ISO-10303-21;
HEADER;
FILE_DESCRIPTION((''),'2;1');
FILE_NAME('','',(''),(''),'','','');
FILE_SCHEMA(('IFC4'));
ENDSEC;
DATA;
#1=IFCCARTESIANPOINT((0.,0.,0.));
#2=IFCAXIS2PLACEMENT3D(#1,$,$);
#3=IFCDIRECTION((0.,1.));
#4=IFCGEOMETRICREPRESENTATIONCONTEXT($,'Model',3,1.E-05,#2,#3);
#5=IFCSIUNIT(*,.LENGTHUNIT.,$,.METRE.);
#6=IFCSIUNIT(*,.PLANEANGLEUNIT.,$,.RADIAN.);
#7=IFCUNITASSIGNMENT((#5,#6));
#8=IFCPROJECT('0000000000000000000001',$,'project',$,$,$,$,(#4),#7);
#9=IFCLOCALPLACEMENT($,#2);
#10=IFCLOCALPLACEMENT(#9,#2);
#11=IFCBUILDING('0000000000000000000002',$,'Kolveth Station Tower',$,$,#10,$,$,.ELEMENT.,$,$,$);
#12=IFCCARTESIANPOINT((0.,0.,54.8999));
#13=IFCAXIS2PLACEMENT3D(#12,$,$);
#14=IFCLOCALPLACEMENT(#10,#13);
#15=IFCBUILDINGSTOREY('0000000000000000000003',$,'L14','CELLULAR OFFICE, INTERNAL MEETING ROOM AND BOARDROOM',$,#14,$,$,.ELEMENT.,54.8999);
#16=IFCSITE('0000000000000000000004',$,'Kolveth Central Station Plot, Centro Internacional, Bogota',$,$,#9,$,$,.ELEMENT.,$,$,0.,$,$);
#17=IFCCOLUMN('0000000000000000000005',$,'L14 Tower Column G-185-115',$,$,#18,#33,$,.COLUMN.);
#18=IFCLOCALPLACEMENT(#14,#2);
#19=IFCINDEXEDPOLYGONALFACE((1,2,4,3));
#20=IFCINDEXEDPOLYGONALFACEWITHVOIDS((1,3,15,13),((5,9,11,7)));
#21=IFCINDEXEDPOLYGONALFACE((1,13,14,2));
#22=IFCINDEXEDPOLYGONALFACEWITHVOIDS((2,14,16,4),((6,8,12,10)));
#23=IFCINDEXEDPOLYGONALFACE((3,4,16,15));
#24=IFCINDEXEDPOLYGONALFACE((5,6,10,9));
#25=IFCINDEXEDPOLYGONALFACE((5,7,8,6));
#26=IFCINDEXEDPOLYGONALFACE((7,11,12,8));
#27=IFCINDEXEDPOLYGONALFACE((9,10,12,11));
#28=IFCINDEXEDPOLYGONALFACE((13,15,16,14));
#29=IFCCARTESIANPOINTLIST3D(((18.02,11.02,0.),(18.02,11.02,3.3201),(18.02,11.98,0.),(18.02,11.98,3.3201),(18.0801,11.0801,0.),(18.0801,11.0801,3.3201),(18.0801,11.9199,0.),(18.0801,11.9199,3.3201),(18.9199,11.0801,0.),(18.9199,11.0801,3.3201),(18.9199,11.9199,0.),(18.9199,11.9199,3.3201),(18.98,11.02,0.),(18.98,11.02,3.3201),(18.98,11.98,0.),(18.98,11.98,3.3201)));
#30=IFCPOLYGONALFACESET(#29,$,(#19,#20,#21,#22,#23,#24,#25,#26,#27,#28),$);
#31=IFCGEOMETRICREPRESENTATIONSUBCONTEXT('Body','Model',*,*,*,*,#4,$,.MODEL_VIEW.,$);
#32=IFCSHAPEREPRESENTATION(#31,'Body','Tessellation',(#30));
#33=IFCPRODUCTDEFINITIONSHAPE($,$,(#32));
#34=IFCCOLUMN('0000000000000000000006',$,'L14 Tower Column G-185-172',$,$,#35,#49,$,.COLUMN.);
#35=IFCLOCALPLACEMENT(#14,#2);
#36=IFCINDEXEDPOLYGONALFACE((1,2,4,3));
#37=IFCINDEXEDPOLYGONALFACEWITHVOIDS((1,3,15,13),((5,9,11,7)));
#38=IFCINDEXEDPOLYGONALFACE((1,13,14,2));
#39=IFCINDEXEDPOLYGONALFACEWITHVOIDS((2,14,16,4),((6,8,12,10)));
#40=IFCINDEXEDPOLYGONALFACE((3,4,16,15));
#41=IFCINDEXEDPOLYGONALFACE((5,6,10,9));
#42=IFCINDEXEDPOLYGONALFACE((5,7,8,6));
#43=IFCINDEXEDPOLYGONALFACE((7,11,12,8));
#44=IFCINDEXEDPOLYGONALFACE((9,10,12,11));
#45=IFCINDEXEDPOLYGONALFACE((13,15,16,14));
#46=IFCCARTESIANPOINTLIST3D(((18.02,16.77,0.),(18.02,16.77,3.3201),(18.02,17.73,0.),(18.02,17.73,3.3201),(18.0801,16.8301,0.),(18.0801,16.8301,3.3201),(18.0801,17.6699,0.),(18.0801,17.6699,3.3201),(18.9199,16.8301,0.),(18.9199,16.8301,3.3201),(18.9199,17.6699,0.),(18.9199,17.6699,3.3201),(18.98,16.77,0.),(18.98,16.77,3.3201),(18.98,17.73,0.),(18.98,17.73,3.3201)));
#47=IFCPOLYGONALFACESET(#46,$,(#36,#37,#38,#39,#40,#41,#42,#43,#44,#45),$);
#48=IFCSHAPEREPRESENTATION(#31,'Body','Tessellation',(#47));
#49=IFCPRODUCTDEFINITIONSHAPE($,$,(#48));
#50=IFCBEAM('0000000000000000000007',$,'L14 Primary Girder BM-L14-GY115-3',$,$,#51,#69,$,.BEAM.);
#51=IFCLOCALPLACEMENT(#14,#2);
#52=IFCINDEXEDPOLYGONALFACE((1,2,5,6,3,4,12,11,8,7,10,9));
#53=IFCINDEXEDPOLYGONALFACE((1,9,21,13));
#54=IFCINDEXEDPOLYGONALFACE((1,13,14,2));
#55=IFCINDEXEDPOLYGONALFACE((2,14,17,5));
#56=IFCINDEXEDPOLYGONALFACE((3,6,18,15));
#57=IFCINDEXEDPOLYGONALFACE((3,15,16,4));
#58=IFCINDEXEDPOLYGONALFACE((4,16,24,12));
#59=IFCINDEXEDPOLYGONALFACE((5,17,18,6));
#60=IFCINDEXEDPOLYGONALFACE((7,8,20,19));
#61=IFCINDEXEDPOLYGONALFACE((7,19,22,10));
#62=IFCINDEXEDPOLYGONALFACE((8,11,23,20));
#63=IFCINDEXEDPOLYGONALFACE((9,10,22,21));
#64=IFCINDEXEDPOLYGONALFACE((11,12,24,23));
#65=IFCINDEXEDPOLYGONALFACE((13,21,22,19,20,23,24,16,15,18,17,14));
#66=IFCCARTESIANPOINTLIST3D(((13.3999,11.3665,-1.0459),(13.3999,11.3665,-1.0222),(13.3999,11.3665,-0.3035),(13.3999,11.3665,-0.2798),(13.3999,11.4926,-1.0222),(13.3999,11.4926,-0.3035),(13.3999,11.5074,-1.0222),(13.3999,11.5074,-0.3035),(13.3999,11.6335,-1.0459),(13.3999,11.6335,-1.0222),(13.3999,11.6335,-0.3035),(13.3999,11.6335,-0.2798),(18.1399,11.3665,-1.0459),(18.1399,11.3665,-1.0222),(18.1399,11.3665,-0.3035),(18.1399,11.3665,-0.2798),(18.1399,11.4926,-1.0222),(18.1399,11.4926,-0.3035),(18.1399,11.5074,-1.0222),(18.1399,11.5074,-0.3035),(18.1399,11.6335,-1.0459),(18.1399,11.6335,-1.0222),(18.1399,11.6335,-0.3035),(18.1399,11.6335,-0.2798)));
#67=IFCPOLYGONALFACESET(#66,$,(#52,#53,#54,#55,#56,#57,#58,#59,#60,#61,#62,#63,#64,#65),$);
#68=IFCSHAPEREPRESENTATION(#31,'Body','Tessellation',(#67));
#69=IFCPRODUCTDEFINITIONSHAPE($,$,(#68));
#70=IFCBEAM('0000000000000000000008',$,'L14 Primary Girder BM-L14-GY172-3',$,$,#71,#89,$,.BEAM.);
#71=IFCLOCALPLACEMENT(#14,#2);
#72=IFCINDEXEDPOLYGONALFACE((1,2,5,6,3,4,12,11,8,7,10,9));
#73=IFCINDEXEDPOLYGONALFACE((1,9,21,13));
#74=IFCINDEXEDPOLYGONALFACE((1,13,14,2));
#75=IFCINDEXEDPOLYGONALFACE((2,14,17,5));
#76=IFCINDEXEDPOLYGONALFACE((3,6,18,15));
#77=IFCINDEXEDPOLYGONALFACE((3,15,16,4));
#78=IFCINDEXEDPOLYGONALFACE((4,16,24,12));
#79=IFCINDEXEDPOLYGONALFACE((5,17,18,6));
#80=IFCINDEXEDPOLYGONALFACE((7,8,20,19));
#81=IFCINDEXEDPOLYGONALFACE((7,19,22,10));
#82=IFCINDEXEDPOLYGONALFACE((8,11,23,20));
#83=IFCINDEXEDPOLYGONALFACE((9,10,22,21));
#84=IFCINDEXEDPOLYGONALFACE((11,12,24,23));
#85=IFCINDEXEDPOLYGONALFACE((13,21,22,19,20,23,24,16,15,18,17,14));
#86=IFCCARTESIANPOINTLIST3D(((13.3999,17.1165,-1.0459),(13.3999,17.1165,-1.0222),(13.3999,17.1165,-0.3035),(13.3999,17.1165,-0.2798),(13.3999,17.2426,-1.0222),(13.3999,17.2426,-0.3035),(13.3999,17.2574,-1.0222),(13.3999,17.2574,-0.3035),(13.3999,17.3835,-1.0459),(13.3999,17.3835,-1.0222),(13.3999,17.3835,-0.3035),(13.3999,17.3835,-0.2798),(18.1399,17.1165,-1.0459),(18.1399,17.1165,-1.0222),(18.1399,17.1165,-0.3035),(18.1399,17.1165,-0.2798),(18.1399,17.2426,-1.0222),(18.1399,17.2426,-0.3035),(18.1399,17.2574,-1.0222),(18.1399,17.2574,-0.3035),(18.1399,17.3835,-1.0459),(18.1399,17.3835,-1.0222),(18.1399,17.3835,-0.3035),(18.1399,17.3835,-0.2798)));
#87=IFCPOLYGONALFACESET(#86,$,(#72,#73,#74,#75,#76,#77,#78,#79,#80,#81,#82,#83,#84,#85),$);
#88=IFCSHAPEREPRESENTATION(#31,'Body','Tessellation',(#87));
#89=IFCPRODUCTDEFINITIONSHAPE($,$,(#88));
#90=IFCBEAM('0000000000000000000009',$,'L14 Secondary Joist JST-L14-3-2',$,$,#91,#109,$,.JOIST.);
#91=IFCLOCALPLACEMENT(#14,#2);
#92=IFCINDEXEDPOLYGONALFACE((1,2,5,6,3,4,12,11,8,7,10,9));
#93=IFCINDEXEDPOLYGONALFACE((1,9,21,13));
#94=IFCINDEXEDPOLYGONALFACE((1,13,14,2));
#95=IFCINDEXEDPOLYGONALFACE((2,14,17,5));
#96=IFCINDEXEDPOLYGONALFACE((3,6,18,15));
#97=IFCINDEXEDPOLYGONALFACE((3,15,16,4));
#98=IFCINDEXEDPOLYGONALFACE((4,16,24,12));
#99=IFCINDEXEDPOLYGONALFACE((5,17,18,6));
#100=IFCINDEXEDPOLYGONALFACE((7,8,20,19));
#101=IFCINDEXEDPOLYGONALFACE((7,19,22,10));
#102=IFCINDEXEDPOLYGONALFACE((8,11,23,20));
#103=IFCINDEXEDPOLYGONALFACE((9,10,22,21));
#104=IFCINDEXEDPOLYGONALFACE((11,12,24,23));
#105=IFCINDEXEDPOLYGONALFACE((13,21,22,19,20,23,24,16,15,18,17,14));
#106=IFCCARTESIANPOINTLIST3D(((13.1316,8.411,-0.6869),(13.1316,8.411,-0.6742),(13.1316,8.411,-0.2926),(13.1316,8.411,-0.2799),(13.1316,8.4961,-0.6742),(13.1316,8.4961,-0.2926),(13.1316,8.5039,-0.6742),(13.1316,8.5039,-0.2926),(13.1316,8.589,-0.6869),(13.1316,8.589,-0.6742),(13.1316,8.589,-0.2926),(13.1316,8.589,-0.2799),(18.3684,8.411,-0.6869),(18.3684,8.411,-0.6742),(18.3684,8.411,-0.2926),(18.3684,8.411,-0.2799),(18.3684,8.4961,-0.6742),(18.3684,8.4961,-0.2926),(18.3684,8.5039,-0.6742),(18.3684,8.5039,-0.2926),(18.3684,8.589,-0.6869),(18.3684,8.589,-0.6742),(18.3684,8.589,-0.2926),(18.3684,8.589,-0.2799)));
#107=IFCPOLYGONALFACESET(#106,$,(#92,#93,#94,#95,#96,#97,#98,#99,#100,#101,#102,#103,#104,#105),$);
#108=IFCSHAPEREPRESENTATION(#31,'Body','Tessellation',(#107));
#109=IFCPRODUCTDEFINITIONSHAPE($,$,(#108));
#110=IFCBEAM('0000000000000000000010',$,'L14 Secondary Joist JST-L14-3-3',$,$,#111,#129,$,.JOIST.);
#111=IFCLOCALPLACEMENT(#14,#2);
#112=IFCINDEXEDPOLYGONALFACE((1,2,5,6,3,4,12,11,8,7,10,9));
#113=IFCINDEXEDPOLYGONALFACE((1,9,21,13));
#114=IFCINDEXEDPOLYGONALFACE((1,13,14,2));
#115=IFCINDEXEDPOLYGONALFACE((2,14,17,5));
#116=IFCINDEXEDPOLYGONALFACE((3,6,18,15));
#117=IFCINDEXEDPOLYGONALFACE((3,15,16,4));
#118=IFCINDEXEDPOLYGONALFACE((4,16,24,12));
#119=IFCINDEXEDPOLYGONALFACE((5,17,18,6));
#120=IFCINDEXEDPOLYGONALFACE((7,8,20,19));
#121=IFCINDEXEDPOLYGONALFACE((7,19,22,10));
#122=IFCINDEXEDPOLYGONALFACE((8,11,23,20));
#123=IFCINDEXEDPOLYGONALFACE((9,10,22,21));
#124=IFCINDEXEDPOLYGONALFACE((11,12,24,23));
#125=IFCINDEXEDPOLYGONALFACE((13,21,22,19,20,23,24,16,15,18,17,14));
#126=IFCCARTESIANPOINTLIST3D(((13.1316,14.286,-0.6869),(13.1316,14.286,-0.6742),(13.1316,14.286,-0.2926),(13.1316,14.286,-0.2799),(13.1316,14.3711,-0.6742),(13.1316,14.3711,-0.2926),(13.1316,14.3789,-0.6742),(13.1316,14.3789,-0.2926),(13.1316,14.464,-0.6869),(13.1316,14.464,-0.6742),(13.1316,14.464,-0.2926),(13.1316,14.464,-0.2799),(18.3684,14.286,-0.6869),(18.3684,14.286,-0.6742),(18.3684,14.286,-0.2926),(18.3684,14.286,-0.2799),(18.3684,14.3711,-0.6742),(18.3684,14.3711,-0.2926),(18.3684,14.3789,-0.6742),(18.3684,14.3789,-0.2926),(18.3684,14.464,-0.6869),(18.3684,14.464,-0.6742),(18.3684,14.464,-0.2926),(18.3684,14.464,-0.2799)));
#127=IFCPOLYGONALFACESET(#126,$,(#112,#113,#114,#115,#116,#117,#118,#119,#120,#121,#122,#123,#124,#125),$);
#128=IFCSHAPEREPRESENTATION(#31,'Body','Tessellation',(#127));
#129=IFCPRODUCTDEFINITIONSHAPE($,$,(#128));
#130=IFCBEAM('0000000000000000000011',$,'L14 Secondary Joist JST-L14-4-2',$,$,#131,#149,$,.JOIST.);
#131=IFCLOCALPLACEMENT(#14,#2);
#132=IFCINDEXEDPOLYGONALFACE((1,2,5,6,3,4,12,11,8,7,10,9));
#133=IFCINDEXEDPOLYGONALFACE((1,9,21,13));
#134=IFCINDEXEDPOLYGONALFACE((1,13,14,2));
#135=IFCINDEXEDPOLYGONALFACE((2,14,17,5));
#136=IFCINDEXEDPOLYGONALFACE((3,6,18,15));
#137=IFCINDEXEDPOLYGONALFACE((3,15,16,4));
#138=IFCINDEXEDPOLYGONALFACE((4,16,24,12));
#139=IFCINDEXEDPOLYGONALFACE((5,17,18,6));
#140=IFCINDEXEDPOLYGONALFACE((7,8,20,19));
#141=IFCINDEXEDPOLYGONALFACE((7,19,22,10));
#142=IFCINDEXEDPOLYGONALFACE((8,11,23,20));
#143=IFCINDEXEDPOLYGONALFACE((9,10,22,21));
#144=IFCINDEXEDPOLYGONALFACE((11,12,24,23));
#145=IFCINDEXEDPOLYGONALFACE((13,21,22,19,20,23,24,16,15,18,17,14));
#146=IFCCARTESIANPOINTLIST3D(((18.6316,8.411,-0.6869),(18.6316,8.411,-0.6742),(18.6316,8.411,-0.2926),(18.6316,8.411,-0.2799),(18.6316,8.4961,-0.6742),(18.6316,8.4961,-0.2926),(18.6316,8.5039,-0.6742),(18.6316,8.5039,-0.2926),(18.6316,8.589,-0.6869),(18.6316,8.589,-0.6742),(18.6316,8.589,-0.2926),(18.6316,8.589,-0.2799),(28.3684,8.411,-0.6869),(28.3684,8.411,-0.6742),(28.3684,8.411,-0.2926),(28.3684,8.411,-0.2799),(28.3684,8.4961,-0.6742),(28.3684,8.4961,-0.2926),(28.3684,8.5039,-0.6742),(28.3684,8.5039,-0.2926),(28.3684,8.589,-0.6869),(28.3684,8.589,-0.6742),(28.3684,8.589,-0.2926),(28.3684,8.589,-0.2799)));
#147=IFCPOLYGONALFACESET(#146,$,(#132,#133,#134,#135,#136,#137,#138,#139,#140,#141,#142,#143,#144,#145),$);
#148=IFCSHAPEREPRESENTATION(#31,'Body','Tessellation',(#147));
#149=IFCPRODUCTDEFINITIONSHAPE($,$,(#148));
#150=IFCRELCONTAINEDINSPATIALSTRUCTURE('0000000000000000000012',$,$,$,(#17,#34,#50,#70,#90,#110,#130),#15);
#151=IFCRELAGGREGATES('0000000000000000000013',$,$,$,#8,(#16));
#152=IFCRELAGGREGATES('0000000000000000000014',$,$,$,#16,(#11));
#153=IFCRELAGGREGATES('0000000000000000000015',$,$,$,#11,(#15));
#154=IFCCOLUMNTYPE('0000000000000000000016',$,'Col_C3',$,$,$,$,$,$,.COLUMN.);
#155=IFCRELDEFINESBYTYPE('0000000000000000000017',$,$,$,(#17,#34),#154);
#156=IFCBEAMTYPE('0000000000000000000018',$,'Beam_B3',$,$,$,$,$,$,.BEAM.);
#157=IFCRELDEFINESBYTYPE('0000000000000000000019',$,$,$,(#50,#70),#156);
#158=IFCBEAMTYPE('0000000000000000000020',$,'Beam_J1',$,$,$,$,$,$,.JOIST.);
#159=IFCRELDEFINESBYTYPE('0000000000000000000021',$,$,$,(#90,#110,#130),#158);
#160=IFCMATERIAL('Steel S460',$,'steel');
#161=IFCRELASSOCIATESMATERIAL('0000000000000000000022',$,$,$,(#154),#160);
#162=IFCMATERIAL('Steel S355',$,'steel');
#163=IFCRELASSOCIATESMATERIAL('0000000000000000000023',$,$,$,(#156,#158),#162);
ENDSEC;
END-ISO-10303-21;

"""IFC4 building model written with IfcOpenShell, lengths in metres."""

from ifc_helpers import new_model, si_unit, direction, frame, origin, origin_2d, place, context, subcontext, project, spatial, hollow_rectangle, i_section, extrude, source, transform, mapped, material, material_profile, profile_set, type_object, element, save


model = new_model("IFC4")

# Units and contexts
model_context = context("Model", 3, precision=1e-05, world=origin(), true_north=direction((0.0, 1.0)))
body_context = subcontext(model_context, "Body", "Model", "MODEL_VIEW")
ifc_project = project(units=[si_unit("LENGTHUNIT", "METRE"), si_unit("PLANEANGLEUNIT", "RADIAN")], contexts=[model_context])

# Site, building, storey
site_placement = place(None, origin())
site = spatial("IfcSite", under=ifc_project, at=site_placement, Name="Kolveth Central Station Plot, Centro Internacional, Bogota", CompositionType="ELEMENT", RefElevation=0.0)
building_placement = place(site_placement, origin())
building = spatial("IfcBuilding", under=site, at=building_placement, Name="Kolveth Station Tower", CompositionType="ELEMENT")
storey_placement = place(building_placement, frame((0.0, 0.0, 54.8999)))
storey = spatial("IfcBuildingStorey", under=building, at=storey_placement, Name="L14", Description="CELLULAR OFFICE, INTERNAL MEETING ROOM AND BOARDROOM", CompositionType="ELEMENT", Elevation=54.8999)

# Columns
ifc_material_1 = material(Name="Steel S460", Category="steel")
ifc_material_profile_1 = material_profile(ifc_material_1, hollow_rectangle(XDim=0.96, YDim=0.96, WallThickness=0.0601, at=origin_2d()), Name="BOX960x960x60")
ifc_profile_set_1 = profile_set([ifc_material_profile_1], Name="Steel S460")
column_type = type_object("IfcColumnType", Name="Col_C3", PredefinedType="COLUMN", material=ifc_profile_set_1)
shared_shape_1 = source(origin(), body_context, "Body", "SweptSolid", [
    extrude(hollow_rectangle(XDim=0.96, YDim=0.96, WallThickness=0.0601, at=origin_2d()), origin(), (0.0, 0.0, 1.0), 3.3201),
])
for number, where, z_axis, x_axis, name in (
    (1, (18.5, 11.5, 0.0), (0.0, 0.0, 1.0), (1.0, 0.0, 0.0), "L14 Tower Column G-185-115"),
    (2, (18.5, 17.25, 0.0), (0.0, 0.0, 1.0), (1.0, 0.0, 0.0), "L14 Tower Column G-185-172"),
):
    element("IfcColumn", number, at=place(storey_placement, frame(where, z_axis=z_axis, x_axis=x_axis)), inside=storey, type_object=column_type, Name=name, PredefinedType="COLUMN", context=body_context, shape_type="MappedRepresentation", body=[
        mapped(shared_shape_1, transform((0.0, 0.0, 0.0), x_axis=(1.0, 0.0, 0.0), y_axis=(0.0, 1.0, 0.0), z_axis=(0.0, 0.0, 1.0), scale=1.0)),
    ])

# Beams
ifc_material_2 = material(Name="Steel S355", Category="steel")
ifc_material_profile_2 = material_profile(ifc_material_2, i_section(OverallWidth=0.2671, OverallDepth=0.7661, WebThickness=0.0149, FlangeThickness=0.0237, at=origin_2d()), Name="W760x185")
ifc_profile_set_2 = profile_set([ifc_material_profile_2], Name="Steel S355")
beam_type_1 = type_object("IfcBeamType", Name="Beam_B3", PredefinedType="BEAM", material=ifc_profile_set_2)
shared_shape_2 = source(origin(), body_context, "Body", "SweptSolid", [
    extrude(i_section(OverallWidth=0.2671, OverallDepth=0.7661, WebThickness=0.0149, FlangeThickness=0.0237, at=origin_2d()), origin(), (0.0, 0.0, 1.0), 4.74),
])
for number, where, z_axis, x_axis, name in (
    (3, (13.3999, 11.5, -0.6628), (1.0, 0.0, 0.0), (0.0, 1.0, 0.0), "L14 Primary Girder BM-L14-GY115-3"),
    (4, (13.3999, 17.25, -0.6628), (1.0, 0.0, 0.0), (0.0, 1.0, 0.0), "L14 Primary Girder BM-L14-GY172-3"),
):
    element("IfcBeam", number, at=place(storey_placement, frame(where, z_axis=z_axis, x_axis=x_axis)), inside=storey, type_object=beam_type_1, Name=name, PredefinedType="BEAM", context=body_context, shape_type="MappedRepresentation", body=[
        mapped(shared_shape_2, transform((0.0, 0.0, 0.0), x_axis=(1.0, 0.0, 0.0), y_axis=(0.0, 1.0, 0.0), z_axis=(0.0, 0.0, 1.0), scale=1.0)),
    ])
ifc_material_profile_3 = material_profile(ifc_material_2, i_section(OverallWidth=0.178, OverallDepth=0.407, WebThickness=0.0078, FlangeThickness=0.0127, at=origin_2d()), Name="W410x60")
ifc_profile_set_3 = profile_set([ifc_material_profile_3], Name="Steel S355")
beam_type_2 = type_object("IfcBeamType", Name="Beam_J1", PredefinedType="JOIST", material=ifc_profile_set_3)
shared_shape_3 = source(origin(), body_context, "Body", "SweptSolid", [
    extrude(i_section(OverallWidth=0.178, OverallDepth=0.407, WebThickness=0.0078, FlangeThickness=0.0127, at=origin_2d()), origin(), (0.0, 0.0, 1.0), 5.2368),
])
for number, where, z_axis, x_axis, name in (
    (5, (13.1316, 8.5, -0.4834), (1.0, 0.0, 0.0), (0.0, 1.0, 0.0), "L14 Secondary Joist JST-L14-3-2"),
    (6, (13.1316, 14.375, -0.4834), (1.0, 0.0, 0.0), (0.0, 1.0, 0.0), "L14 Secondary Joist JST-L14-3-3"),
):
    element("IfcBeam", number, at=place(storey_placement, frame(where, z_axis=z_axis, x_axis=x_axis)), inside=storey, type_object=beam_type_2, Name=name, PredefinedType="JOIST", context=body_context, shape_type="MappedRepresentation", body=[
        mapped(shared_shape_3, transform((0.0, 0.0, 0.0), x_axis=(1.0, 0.0, 0.0), y_axis=(0.0, 1.0, 0.0), z_axis=(0.0, 0.0, 1.0), scale=1.0)),
    ])
shared_shape_4 = source(origin(), body_context, "Body", "SweptSolid", [
    extrude(i_section(OverallWidth=0.178, OverallDepth=0.407, WebThickness=0.0078, FlangeThickness=0.0127, at=origin_2d()), origin(), (0.0, 0.0, 1.0), 9.7368),
])
beam_placement = place(storey_placement, frame((18.6316, 8.5, -0.4834), z_axis=(1.0, 0.0, 0.0), x_axis=(0.0, 1.0, 0.0)))
element("IfcBeam", 7, at=beam_placement, inside=storey, type_object=beam_type_2, Name="L14 Secondary Joist JST-L14-4-2", PredefinedType="JOIST", context=body_context, shape_type="MappedRepresentation", body=[
    mapped(shared_shape_4, transform((0.0, 0.0, 0.0), x_axis=(1.0, 0.0, 0.0), y_axis=(0.0, 1.0, 0.0), z_axis=(0.0, 0.0, 1.0), scale=1.0)),
])

save(model, "model.ifc")
